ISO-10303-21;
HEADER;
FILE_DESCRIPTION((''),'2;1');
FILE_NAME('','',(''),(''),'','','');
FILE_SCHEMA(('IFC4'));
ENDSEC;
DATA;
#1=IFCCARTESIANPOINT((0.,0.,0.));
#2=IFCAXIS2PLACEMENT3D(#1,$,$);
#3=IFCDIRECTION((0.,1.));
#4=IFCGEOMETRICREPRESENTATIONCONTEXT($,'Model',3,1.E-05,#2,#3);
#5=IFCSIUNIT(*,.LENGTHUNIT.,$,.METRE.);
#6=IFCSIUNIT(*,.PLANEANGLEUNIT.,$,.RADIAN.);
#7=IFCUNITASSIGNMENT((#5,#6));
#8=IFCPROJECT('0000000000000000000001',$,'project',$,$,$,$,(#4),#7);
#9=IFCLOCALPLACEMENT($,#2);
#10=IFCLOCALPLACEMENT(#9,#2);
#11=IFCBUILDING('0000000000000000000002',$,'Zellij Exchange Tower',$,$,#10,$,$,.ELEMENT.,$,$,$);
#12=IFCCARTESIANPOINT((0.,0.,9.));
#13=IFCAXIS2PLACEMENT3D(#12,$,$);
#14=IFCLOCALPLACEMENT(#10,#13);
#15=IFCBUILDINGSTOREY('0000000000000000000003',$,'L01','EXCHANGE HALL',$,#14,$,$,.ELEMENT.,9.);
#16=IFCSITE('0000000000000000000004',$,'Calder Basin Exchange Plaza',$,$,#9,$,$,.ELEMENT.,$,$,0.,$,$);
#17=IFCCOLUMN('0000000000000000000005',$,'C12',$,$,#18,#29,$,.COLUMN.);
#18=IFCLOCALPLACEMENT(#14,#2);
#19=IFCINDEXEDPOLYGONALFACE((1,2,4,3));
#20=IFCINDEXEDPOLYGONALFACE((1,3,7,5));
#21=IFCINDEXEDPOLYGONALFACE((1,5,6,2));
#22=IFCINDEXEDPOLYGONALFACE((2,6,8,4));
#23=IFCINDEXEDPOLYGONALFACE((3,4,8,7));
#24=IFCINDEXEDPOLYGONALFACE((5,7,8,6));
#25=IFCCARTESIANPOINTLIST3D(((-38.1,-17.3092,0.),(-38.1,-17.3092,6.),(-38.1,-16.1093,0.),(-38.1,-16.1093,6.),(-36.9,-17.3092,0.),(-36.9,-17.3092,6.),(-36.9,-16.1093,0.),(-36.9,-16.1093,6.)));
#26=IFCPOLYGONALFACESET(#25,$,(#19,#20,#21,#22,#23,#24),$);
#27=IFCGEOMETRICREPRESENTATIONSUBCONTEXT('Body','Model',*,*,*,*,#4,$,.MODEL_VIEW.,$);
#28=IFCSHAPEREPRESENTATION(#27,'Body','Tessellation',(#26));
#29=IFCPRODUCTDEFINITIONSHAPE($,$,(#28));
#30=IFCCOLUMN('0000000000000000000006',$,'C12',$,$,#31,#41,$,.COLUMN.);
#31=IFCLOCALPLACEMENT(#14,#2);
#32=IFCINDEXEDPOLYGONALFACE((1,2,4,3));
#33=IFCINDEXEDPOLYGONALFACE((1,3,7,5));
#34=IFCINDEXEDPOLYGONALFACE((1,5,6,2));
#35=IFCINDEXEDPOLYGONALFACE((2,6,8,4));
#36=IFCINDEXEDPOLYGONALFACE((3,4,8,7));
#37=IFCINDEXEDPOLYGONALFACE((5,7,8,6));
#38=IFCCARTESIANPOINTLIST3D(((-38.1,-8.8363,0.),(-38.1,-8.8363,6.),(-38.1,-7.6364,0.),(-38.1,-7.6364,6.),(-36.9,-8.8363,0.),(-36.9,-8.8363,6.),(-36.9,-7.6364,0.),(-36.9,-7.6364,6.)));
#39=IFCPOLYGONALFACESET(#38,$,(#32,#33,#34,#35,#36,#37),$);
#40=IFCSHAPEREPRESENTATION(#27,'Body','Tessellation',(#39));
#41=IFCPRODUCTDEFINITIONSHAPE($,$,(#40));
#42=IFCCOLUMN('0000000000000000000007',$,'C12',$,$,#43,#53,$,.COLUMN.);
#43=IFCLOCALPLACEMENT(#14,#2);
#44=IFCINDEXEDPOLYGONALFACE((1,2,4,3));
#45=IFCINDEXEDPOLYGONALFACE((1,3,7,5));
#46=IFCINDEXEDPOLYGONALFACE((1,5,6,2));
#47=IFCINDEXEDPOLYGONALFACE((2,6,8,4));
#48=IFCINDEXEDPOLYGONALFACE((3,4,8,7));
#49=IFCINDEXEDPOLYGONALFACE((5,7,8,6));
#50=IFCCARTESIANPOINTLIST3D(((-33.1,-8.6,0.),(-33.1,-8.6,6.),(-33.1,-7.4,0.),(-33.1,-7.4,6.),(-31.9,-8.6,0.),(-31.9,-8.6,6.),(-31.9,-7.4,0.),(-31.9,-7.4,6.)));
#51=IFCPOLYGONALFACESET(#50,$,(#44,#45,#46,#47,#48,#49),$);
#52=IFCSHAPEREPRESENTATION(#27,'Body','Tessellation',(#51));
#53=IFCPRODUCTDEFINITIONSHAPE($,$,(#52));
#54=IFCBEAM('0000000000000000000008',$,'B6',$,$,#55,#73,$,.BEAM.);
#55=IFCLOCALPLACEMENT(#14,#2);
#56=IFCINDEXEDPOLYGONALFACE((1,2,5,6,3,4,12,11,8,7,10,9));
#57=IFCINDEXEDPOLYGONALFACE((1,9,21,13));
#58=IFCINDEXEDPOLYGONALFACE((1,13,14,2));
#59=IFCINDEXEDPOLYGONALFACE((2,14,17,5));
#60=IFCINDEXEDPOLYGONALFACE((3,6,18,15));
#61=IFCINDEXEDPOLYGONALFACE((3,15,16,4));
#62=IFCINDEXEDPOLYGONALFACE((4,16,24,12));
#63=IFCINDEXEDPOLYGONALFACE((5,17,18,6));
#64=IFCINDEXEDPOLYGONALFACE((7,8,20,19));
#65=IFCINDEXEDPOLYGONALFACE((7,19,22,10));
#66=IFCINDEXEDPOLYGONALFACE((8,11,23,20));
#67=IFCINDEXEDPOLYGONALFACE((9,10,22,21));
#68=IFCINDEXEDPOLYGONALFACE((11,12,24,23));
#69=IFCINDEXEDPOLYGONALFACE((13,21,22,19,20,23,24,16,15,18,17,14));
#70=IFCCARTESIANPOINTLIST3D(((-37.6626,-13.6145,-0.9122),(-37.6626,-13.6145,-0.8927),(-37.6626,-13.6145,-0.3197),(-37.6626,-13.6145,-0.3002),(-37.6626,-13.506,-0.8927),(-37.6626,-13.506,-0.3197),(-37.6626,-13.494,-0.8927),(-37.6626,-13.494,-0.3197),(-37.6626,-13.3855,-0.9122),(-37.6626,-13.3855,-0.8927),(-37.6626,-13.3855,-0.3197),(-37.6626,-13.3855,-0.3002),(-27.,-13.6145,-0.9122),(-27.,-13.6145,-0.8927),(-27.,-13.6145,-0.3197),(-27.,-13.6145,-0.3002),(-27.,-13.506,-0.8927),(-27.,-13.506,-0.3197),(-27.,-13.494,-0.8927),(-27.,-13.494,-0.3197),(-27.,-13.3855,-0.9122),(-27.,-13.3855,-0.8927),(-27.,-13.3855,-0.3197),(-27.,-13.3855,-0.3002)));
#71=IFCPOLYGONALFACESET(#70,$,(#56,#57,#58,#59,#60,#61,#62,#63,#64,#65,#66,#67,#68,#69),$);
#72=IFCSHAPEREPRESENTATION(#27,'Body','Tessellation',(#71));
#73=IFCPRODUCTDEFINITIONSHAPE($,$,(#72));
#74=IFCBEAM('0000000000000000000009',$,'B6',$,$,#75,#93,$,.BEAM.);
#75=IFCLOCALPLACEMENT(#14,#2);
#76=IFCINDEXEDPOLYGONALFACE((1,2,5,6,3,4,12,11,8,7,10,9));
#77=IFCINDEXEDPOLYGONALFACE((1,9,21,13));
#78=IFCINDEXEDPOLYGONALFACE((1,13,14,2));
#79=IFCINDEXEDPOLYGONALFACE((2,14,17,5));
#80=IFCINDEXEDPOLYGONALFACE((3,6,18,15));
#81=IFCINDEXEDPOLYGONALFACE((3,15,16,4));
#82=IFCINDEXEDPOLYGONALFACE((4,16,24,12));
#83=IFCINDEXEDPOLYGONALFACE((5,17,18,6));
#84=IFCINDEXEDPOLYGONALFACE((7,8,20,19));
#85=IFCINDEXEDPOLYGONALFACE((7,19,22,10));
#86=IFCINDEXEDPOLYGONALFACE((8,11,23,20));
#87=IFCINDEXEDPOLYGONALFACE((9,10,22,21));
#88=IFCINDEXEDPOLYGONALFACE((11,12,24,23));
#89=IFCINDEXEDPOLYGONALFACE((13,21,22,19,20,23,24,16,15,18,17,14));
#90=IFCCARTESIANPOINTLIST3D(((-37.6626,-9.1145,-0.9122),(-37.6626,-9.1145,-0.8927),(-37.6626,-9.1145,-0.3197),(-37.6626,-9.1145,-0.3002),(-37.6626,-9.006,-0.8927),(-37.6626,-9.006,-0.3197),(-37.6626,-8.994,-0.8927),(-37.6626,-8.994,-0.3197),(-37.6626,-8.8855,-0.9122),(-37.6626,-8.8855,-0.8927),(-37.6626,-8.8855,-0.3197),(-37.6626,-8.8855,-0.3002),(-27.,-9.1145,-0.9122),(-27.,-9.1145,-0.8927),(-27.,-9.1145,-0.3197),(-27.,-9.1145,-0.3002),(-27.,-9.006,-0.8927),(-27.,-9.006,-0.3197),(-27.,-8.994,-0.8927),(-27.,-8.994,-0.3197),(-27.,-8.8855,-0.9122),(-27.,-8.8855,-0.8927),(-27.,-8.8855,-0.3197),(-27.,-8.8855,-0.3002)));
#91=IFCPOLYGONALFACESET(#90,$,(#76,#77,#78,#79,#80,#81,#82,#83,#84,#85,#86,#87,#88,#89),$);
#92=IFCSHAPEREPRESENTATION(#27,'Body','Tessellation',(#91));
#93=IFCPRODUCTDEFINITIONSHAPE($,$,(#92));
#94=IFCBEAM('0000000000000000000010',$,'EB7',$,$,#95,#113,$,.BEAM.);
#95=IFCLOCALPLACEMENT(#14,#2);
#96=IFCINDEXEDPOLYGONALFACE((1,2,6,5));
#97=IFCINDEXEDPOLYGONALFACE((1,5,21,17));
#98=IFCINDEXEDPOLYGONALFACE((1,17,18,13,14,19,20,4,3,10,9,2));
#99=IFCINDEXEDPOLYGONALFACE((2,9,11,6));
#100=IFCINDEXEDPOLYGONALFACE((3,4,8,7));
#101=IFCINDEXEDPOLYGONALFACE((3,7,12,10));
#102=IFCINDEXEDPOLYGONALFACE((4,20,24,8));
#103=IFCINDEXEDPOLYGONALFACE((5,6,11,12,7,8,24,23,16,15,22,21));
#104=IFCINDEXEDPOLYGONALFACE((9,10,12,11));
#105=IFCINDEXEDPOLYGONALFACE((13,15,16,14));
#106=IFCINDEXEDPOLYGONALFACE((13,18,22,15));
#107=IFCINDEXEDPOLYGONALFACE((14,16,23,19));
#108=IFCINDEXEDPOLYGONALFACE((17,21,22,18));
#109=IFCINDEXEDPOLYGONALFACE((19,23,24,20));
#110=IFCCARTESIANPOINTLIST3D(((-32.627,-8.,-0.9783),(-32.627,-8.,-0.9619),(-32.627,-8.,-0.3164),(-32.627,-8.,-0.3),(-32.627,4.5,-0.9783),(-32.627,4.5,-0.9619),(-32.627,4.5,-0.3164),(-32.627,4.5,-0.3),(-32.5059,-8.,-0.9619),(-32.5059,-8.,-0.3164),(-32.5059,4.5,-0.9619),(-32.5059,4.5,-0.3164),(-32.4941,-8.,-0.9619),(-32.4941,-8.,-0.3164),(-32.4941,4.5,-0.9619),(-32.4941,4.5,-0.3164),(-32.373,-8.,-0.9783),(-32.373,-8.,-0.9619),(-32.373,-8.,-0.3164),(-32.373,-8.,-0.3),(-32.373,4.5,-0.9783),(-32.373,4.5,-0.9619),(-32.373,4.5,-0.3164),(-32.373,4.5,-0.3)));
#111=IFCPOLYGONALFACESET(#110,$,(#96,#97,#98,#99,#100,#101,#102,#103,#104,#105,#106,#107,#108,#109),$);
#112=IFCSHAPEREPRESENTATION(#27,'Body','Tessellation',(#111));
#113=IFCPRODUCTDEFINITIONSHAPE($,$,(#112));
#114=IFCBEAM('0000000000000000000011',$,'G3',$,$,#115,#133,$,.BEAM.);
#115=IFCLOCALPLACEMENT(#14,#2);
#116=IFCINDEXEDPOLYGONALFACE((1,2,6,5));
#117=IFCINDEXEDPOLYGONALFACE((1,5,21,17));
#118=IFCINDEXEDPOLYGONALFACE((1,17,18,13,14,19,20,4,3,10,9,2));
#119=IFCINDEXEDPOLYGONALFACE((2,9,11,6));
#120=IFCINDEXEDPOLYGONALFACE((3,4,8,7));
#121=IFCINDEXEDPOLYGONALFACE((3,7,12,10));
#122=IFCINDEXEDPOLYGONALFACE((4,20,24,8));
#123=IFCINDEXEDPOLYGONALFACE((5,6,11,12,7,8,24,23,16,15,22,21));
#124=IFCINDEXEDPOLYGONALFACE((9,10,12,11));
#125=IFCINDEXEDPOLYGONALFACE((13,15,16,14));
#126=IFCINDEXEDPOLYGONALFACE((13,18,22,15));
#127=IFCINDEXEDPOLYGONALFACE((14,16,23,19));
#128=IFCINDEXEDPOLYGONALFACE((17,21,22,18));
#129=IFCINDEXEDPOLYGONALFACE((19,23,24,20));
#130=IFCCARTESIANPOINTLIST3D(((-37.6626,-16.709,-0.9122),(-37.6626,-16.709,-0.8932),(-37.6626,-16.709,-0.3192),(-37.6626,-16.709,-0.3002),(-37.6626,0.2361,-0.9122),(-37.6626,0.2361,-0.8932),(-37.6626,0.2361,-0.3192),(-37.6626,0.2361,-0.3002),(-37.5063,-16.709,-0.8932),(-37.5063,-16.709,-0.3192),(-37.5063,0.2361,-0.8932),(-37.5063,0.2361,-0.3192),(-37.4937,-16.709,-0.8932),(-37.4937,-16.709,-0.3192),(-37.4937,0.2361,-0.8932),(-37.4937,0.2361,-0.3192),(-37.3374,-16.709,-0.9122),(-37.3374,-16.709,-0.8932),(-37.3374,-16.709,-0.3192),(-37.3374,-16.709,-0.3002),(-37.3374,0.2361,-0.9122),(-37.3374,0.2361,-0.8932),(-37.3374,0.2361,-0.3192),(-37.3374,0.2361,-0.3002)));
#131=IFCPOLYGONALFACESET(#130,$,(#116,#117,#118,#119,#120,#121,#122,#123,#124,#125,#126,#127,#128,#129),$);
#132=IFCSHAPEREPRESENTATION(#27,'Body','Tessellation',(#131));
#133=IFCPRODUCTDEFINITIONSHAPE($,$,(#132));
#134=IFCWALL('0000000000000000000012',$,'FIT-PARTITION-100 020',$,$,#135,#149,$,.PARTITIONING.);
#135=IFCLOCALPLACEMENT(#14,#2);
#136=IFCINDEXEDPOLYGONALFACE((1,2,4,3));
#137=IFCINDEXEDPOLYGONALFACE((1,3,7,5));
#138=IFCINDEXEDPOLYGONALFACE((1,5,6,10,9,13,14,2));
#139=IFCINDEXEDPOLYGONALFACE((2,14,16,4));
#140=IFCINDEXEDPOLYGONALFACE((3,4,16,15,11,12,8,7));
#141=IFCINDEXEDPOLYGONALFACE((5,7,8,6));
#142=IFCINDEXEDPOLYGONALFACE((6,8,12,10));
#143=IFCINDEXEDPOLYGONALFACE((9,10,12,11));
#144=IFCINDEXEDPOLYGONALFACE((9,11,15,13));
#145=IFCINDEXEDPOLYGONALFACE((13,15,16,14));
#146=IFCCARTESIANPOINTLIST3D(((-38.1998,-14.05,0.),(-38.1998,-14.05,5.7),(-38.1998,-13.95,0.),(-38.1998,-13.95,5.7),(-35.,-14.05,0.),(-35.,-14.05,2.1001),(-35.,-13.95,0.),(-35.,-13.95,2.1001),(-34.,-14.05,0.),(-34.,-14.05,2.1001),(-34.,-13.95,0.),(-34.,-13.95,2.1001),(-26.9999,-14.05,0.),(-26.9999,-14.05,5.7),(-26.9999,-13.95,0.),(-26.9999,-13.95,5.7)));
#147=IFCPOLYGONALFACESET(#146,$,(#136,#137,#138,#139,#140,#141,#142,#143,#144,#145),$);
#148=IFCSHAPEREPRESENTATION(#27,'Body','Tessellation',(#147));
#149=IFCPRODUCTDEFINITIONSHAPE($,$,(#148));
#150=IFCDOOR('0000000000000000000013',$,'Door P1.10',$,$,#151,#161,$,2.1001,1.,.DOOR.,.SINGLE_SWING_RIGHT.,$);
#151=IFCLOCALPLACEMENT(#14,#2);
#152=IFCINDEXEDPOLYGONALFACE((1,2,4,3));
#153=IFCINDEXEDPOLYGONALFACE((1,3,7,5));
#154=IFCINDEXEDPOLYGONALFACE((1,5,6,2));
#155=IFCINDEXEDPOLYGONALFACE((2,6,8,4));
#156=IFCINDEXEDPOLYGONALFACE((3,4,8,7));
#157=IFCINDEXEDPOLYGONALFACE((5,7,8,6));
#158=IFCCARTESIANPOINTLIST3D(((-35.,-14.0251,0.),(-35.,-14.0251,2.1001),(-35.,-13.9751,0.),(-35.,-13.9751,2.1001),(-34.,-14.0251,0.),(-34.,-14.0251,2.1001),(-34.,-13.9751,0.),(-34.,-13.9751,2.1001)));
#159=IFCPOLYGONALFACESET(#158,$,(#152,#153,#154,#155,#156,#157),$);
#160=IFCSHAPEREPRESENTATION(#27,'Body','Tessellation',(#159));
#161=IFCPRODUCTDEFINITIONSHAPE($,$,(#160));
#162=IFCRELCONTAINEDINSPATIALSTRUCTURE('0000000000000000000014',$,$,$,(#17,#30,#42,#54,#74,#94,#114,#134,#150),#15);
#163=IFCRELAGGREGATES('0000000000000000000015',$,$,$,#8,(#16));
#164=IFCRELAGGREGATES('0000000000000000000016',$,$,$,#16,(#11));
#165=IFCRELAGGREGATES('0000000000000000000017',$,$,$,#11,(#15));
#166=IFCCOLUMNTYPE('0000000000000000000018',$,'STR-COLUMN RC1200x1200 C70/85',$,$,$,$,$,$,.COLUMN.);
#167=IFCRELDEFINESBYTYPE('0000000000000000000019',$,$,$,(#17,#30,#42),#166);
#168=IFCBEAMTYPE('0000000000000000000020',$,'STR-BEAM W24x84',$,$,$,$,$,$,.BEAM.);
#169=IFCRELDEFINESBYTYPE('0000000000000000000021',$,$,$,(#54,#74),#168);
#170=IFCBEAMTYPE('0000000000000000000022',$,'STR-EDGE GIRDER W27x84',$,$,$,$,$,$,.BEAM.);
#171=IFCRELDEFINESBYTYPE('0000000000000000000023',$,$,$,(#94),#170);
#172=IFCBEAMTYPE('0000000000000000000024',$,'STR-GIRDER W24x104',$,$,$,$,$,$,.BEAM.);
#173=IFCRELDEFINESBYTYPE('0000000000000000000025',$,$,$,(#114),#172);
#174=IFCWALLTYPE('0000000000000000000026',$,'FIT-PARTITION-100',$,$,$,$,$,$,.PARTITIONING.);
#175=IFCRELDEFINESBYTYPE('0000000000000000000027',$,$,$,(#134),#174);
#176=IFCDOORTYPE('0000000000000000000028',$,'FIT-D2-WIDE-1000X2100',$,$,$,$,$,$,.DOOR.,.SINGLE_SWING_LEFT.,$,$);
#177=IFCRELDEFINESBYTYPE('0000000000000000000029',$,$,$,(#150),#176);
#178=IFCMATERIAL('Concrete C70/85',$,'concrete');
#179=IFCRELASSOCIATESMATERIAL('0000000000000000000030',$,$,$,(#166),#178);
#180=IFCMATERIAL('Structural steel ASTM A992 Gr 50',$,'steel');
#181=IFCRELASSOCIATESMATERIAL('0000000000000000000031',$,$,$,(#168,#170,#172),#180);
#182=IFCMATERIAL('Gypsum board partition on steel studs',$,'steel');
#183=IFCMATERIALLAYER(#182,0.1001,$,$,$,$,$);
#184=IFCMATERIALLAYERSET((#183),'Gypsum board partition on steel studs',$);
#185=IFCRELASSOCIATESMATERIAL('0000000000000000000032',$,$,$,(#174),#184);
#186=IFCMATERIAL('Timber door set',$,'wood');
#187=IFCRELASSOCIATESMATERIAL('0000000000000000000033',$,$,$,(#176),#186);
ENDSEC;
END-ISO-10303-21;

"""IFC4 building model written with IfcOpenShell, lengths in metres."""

from ifc_helpers import new_model, si_unit, direction, frame, frame_2d, origin, origin_2d, place, context, subcontext, project, spatial, rectangle, i_section, extrude, material, layer, layer_set, material_profile, profile_set, type_object, element, fill, save


model = new_model("IFC4")

# Units and contexts
model_context = context("Model", 3, precision=1e-05, world=origin(), true_north=direction((0.0, 1.0)))
body_context = subcontext(model_context, "Body", "Model", "MODEL_VIEW")
ifc_project = project(units=[si_unit("LENGTHUNIT", "METRE"), si_unit("PLANEANGLEUNIT", "RADIAN")], contexts=[model_context])

# Site, building, storey
site_placement = place(None, origin())
site = spatial("IfcSite", under=ifc_project, at=site_placement, Name="Calder Basin Exchange Plaza", CompositionType="ELEMENT", RefElevation=0.0)
building_placement = place(site_placement, origin())
building = spatial("IfcBuilding", under=site, at=building_placement, Name="Zellij Exchange Tower", CompositionType="ELEMENT")
storey_placement = place(building_placement, frame((0.0, 0.0, 9.0)))
storey = spatial("IfcBuildingStorey", under=building, at=storey_placement, Name="L01", Description="EXCHANGE HALL", CompositionType="ELEMENT", Elevation=9.0)

# Columns
ifc_material_1 = material(Name="Concrete C70/85", Category="concrete")
ifc_material_profile_1 = material_profile(ifc_material_1, rectangle(XDim=1.2, YDim=1.2, at=origin_2d()), Name="STR-COLUMN RC1200x1200 C70/85")
ifc_profile_set_1 = profile_set([ifc_material_profile_1], Name="Concrete C70/85")
column_type = type_object("IfcColumnType", Name="STR-COLUMN RC1200x1200 C70/85", PredefinedType="COLUMN", material=ifc_profile_set_1)
for number, where, z_axis, x_axis, name in (
    (1, (-37.5, -16.7092, 0.0), (0.0, 0.0, 1.0), (1.0, 0.0, 0.0), "C12"),
    (2, (-37.5, -8.2363, 0.0), (0.0, 0.0, 1.0), (1.0, 0.0, 0.0), "C12"),
    (3, (-32.5, -8.0, 0.0), (0.0, 0.0, 1.0), (1.0, 0.0, 0.0), "C12"),
):
    element("IfcColumn", number, at=place(storey_placement, frame(where, z_axis=z_axis, x_axis=x_axis)), inside=storey, type_object=column_type, Name=name, PredefinedType="COLUMN", context=body_context, shape_type="SweptSolid", body=[
        extrude(rectangle(XDim=1.2, YDim=1.2, at=origin_2d()), origin(), (0.0, 0.0, 1.0), 6.0),
    ])

# Beams
ifc_material_2 = material(Name="Structural steel ASTM A992 Gr 50", Category="steel")
ifc_material_profile_2 = material_profile(ifc_material_2, i_section(OverallWidth=0.229, OverallDepth=0.6121, WebThickness=0.012, FlangeThickness=0.0195, at=origin_2d()), Name="W24x84")
ifc_profile_set_2 = profile_set([ifc_material_profile_2], Name="Structural steel ASTM A992 Gr 50")
beam_type_1 = type_object("IfcBeamType", Name="STR-BEAM W24x84", PredefinedType="BEAM", material=ifc_profile_set_2)
for number, where, z_axis, x_axis, name in (
    (4, (-37.6626, -13.5, -0.6062), (1.0, 0.0, 0.0), (0.0, 1.0, 0.0), "B6"),
    (5, (-37.6626, -9.0, -0.6062), (1.0, 0.0, 0.0), (0.0, 1.0, 0.0), "B6"),
):
    element("IfcBeam", number, at=place(storey_placement, frame(where, z_axis=z_axis, x_axis=x_axis)), inside=storey, type_object=beam_type_1, Name=name, PredefinedType="BEAM", context=body_context, shape_type="SweptSolid", body=[
        extrude(i_section(OverallWidth=0.229, OverallDepth=0.6121, WebThickness=0.012, FlangeThickness=0.0195, at=origin_2d()), origin(), (0.0, 0.0, 1.0), 10.6626),
    ])
ifc_material_profile_3 = material_profile(ifc_material_2, i_section(OverallWidth=0.2539, OverallDepth=0.6782, WebThickness=0.0117, FlangeThickness=0.0164, at=origin_2d()), Name="W27x84")
ifc_profile_set_3 = profile_set([ifc_material_profile_3], Name="Structural steel ASTM A992 Gr 50")
beam_type_2 = type_object("IfcBeamType", Name="STR-EDGE GIRDER W27x84", PredefinedType="BEAM", material=ifc_profile_set_3)
beam_1_placement = place(storey_placement, frame((-32.5, -8.0, -0.6392), z_axis=(0.0, 1.0, 0.0), x_axis=(-1.0, 0.0, 0.0)))
element("IfcBeam", 6, at=beam_1_placement, inside=storey, type_object=beam_type_2, Name="EB7", PredefinedType="BEAM", context=body_context, shape_type="SweptSolid", body=[
    extrude(i_section(OverallWidth=0.2539, OverallDepth=0.6782, WebThickness=0.0117, FlangeThickness=0.0164, at=origin_2d()), origin(), (0.0, 0.0, 1.0), 12.5),
])
ifc_material_profile_4 = material_profile(ifc_material_2, i_section(OverallWidth=0.3252, OverallDepth=0.6121, WebThickness=0.0127, FlangeThickness=0.019, at=origin_2d()), Name="W24x104")
ifc_profile_set_4 = profile_set([ifc_material_profile_4], Name="Structural steel ASTM A992 Gr 50")
beam_type_3 = type_object("IfcBeamType", Name="STR-GIRDER W24x104", PredefinedType="BEAM", material=ifc_profile_set_4)
beam_2_placement = place(storey_placement, frame((-37.5, -16.709, -0.6062), z_axis=(0.0, 1.0, 0.0), x_axis=(-1.0, 0.0, 0.0)))
element("IfcBeam", 7, at=beam_2_placement, inside=storey, type_object=beam_type_3, Name="G3", PredefinedType="BEAM", context=body_context, shape_type="SweptSolid", body=[
    extrude(i_section(OverallWidth=0.3252, OverallDepth=0.6121, WebThickness=0.0127, FlangeThickness=0.019, at=origin_2d()), origin(), (0.0, 0.0, 1.0), 16.9451),
])

# Wall, opening, door
ifc_material_3 = material(Name="Gypsum board partition on steel studs", Category="steel")
ifc_layer_1 = layer(ifc_material_3, 0.1001)
ifc_layer_set_1 = layer_set([ifc_layer_1], Name="Gypsum board partition on steel studs")
wall_type = type_object("IfcWallType", Name="FIT-PARTITION-100", PredefinedType="PARTITIONING", material=ifc_layer_set_1)
wall_placement = place(storey_placement, frame((-38.2, -14.0, 0.0), z_axis=(0.0, 0.0, 1.0), x_axis=(1.0, 0.0, 0.0)))
wall = element("IfcWall", 8, at=wall_placement, inside=storey, type_object=wall_type, Name="FIT-PARTITION-100 020", PredefinedType="PARTITIONING", context=body_context, shape_type="SweptSolid", body=[
    extrude(rectangle(XDim=11.2, YDim=0.1001, at=frame_2d((5.6001, 0.0))), origin(), (0.0, 0.0, 1.0), 5.7),
])
opening_placement = place(wall_placement, frame((3.2, 0.0, 0.0)))
opening = element("IfcOpeningElement", 9, at=opening_placement, cuts=wall, PredefinedType="OPENING", context=body_context, shape_type="SweptSolid", body=[
    extrude(rectangle(XDim=1.0, YDim=2.1001, at=frame_2d((0.5, 1.05))), frame((0.0, 0.062, 0.0), z_axis=(0.0, -1.0, 0.0), x_axis=(1.0, 0.0, 0.0)), (0.0, 0.0, 1.0), 0.124),
])
ifc_material_4 = material(Name="Timber door set", Category="wood")
door_type = type_object("IfcDoorType", Name="FIT-D2-WIDE-1000X2100", OperationType="SINGLE_SWING_LEFT", PredefinedType="DOOR", material=ifc_material_4)
door_placement = place(opening_placement, origin())
door = element("IfcDoor", 10, at=door_placement, inside=storey, type_object=door_type, Name="Door P1.10", OperationType="SINGLE_SWING_RIGHT", OverallHeight=2.1001, OverallWidth=1.0, PredefinedType="DOOR", context=body_context, shape_type="SweptSolid", body=[
    extrude(rectangle(XDim=1.0, YDim=2.1001, at=frame_2d((0.5, 1.05))), frame((0.0, 0.0249, 0.0), z_axis=(0.0, -1.0, 0.0), x_axis=(1.0, 0.0, 0.0)), (0.0, 0.0, 1.0), 0.05),
])
fill(opening, door)

save(model, "model.ifc")
